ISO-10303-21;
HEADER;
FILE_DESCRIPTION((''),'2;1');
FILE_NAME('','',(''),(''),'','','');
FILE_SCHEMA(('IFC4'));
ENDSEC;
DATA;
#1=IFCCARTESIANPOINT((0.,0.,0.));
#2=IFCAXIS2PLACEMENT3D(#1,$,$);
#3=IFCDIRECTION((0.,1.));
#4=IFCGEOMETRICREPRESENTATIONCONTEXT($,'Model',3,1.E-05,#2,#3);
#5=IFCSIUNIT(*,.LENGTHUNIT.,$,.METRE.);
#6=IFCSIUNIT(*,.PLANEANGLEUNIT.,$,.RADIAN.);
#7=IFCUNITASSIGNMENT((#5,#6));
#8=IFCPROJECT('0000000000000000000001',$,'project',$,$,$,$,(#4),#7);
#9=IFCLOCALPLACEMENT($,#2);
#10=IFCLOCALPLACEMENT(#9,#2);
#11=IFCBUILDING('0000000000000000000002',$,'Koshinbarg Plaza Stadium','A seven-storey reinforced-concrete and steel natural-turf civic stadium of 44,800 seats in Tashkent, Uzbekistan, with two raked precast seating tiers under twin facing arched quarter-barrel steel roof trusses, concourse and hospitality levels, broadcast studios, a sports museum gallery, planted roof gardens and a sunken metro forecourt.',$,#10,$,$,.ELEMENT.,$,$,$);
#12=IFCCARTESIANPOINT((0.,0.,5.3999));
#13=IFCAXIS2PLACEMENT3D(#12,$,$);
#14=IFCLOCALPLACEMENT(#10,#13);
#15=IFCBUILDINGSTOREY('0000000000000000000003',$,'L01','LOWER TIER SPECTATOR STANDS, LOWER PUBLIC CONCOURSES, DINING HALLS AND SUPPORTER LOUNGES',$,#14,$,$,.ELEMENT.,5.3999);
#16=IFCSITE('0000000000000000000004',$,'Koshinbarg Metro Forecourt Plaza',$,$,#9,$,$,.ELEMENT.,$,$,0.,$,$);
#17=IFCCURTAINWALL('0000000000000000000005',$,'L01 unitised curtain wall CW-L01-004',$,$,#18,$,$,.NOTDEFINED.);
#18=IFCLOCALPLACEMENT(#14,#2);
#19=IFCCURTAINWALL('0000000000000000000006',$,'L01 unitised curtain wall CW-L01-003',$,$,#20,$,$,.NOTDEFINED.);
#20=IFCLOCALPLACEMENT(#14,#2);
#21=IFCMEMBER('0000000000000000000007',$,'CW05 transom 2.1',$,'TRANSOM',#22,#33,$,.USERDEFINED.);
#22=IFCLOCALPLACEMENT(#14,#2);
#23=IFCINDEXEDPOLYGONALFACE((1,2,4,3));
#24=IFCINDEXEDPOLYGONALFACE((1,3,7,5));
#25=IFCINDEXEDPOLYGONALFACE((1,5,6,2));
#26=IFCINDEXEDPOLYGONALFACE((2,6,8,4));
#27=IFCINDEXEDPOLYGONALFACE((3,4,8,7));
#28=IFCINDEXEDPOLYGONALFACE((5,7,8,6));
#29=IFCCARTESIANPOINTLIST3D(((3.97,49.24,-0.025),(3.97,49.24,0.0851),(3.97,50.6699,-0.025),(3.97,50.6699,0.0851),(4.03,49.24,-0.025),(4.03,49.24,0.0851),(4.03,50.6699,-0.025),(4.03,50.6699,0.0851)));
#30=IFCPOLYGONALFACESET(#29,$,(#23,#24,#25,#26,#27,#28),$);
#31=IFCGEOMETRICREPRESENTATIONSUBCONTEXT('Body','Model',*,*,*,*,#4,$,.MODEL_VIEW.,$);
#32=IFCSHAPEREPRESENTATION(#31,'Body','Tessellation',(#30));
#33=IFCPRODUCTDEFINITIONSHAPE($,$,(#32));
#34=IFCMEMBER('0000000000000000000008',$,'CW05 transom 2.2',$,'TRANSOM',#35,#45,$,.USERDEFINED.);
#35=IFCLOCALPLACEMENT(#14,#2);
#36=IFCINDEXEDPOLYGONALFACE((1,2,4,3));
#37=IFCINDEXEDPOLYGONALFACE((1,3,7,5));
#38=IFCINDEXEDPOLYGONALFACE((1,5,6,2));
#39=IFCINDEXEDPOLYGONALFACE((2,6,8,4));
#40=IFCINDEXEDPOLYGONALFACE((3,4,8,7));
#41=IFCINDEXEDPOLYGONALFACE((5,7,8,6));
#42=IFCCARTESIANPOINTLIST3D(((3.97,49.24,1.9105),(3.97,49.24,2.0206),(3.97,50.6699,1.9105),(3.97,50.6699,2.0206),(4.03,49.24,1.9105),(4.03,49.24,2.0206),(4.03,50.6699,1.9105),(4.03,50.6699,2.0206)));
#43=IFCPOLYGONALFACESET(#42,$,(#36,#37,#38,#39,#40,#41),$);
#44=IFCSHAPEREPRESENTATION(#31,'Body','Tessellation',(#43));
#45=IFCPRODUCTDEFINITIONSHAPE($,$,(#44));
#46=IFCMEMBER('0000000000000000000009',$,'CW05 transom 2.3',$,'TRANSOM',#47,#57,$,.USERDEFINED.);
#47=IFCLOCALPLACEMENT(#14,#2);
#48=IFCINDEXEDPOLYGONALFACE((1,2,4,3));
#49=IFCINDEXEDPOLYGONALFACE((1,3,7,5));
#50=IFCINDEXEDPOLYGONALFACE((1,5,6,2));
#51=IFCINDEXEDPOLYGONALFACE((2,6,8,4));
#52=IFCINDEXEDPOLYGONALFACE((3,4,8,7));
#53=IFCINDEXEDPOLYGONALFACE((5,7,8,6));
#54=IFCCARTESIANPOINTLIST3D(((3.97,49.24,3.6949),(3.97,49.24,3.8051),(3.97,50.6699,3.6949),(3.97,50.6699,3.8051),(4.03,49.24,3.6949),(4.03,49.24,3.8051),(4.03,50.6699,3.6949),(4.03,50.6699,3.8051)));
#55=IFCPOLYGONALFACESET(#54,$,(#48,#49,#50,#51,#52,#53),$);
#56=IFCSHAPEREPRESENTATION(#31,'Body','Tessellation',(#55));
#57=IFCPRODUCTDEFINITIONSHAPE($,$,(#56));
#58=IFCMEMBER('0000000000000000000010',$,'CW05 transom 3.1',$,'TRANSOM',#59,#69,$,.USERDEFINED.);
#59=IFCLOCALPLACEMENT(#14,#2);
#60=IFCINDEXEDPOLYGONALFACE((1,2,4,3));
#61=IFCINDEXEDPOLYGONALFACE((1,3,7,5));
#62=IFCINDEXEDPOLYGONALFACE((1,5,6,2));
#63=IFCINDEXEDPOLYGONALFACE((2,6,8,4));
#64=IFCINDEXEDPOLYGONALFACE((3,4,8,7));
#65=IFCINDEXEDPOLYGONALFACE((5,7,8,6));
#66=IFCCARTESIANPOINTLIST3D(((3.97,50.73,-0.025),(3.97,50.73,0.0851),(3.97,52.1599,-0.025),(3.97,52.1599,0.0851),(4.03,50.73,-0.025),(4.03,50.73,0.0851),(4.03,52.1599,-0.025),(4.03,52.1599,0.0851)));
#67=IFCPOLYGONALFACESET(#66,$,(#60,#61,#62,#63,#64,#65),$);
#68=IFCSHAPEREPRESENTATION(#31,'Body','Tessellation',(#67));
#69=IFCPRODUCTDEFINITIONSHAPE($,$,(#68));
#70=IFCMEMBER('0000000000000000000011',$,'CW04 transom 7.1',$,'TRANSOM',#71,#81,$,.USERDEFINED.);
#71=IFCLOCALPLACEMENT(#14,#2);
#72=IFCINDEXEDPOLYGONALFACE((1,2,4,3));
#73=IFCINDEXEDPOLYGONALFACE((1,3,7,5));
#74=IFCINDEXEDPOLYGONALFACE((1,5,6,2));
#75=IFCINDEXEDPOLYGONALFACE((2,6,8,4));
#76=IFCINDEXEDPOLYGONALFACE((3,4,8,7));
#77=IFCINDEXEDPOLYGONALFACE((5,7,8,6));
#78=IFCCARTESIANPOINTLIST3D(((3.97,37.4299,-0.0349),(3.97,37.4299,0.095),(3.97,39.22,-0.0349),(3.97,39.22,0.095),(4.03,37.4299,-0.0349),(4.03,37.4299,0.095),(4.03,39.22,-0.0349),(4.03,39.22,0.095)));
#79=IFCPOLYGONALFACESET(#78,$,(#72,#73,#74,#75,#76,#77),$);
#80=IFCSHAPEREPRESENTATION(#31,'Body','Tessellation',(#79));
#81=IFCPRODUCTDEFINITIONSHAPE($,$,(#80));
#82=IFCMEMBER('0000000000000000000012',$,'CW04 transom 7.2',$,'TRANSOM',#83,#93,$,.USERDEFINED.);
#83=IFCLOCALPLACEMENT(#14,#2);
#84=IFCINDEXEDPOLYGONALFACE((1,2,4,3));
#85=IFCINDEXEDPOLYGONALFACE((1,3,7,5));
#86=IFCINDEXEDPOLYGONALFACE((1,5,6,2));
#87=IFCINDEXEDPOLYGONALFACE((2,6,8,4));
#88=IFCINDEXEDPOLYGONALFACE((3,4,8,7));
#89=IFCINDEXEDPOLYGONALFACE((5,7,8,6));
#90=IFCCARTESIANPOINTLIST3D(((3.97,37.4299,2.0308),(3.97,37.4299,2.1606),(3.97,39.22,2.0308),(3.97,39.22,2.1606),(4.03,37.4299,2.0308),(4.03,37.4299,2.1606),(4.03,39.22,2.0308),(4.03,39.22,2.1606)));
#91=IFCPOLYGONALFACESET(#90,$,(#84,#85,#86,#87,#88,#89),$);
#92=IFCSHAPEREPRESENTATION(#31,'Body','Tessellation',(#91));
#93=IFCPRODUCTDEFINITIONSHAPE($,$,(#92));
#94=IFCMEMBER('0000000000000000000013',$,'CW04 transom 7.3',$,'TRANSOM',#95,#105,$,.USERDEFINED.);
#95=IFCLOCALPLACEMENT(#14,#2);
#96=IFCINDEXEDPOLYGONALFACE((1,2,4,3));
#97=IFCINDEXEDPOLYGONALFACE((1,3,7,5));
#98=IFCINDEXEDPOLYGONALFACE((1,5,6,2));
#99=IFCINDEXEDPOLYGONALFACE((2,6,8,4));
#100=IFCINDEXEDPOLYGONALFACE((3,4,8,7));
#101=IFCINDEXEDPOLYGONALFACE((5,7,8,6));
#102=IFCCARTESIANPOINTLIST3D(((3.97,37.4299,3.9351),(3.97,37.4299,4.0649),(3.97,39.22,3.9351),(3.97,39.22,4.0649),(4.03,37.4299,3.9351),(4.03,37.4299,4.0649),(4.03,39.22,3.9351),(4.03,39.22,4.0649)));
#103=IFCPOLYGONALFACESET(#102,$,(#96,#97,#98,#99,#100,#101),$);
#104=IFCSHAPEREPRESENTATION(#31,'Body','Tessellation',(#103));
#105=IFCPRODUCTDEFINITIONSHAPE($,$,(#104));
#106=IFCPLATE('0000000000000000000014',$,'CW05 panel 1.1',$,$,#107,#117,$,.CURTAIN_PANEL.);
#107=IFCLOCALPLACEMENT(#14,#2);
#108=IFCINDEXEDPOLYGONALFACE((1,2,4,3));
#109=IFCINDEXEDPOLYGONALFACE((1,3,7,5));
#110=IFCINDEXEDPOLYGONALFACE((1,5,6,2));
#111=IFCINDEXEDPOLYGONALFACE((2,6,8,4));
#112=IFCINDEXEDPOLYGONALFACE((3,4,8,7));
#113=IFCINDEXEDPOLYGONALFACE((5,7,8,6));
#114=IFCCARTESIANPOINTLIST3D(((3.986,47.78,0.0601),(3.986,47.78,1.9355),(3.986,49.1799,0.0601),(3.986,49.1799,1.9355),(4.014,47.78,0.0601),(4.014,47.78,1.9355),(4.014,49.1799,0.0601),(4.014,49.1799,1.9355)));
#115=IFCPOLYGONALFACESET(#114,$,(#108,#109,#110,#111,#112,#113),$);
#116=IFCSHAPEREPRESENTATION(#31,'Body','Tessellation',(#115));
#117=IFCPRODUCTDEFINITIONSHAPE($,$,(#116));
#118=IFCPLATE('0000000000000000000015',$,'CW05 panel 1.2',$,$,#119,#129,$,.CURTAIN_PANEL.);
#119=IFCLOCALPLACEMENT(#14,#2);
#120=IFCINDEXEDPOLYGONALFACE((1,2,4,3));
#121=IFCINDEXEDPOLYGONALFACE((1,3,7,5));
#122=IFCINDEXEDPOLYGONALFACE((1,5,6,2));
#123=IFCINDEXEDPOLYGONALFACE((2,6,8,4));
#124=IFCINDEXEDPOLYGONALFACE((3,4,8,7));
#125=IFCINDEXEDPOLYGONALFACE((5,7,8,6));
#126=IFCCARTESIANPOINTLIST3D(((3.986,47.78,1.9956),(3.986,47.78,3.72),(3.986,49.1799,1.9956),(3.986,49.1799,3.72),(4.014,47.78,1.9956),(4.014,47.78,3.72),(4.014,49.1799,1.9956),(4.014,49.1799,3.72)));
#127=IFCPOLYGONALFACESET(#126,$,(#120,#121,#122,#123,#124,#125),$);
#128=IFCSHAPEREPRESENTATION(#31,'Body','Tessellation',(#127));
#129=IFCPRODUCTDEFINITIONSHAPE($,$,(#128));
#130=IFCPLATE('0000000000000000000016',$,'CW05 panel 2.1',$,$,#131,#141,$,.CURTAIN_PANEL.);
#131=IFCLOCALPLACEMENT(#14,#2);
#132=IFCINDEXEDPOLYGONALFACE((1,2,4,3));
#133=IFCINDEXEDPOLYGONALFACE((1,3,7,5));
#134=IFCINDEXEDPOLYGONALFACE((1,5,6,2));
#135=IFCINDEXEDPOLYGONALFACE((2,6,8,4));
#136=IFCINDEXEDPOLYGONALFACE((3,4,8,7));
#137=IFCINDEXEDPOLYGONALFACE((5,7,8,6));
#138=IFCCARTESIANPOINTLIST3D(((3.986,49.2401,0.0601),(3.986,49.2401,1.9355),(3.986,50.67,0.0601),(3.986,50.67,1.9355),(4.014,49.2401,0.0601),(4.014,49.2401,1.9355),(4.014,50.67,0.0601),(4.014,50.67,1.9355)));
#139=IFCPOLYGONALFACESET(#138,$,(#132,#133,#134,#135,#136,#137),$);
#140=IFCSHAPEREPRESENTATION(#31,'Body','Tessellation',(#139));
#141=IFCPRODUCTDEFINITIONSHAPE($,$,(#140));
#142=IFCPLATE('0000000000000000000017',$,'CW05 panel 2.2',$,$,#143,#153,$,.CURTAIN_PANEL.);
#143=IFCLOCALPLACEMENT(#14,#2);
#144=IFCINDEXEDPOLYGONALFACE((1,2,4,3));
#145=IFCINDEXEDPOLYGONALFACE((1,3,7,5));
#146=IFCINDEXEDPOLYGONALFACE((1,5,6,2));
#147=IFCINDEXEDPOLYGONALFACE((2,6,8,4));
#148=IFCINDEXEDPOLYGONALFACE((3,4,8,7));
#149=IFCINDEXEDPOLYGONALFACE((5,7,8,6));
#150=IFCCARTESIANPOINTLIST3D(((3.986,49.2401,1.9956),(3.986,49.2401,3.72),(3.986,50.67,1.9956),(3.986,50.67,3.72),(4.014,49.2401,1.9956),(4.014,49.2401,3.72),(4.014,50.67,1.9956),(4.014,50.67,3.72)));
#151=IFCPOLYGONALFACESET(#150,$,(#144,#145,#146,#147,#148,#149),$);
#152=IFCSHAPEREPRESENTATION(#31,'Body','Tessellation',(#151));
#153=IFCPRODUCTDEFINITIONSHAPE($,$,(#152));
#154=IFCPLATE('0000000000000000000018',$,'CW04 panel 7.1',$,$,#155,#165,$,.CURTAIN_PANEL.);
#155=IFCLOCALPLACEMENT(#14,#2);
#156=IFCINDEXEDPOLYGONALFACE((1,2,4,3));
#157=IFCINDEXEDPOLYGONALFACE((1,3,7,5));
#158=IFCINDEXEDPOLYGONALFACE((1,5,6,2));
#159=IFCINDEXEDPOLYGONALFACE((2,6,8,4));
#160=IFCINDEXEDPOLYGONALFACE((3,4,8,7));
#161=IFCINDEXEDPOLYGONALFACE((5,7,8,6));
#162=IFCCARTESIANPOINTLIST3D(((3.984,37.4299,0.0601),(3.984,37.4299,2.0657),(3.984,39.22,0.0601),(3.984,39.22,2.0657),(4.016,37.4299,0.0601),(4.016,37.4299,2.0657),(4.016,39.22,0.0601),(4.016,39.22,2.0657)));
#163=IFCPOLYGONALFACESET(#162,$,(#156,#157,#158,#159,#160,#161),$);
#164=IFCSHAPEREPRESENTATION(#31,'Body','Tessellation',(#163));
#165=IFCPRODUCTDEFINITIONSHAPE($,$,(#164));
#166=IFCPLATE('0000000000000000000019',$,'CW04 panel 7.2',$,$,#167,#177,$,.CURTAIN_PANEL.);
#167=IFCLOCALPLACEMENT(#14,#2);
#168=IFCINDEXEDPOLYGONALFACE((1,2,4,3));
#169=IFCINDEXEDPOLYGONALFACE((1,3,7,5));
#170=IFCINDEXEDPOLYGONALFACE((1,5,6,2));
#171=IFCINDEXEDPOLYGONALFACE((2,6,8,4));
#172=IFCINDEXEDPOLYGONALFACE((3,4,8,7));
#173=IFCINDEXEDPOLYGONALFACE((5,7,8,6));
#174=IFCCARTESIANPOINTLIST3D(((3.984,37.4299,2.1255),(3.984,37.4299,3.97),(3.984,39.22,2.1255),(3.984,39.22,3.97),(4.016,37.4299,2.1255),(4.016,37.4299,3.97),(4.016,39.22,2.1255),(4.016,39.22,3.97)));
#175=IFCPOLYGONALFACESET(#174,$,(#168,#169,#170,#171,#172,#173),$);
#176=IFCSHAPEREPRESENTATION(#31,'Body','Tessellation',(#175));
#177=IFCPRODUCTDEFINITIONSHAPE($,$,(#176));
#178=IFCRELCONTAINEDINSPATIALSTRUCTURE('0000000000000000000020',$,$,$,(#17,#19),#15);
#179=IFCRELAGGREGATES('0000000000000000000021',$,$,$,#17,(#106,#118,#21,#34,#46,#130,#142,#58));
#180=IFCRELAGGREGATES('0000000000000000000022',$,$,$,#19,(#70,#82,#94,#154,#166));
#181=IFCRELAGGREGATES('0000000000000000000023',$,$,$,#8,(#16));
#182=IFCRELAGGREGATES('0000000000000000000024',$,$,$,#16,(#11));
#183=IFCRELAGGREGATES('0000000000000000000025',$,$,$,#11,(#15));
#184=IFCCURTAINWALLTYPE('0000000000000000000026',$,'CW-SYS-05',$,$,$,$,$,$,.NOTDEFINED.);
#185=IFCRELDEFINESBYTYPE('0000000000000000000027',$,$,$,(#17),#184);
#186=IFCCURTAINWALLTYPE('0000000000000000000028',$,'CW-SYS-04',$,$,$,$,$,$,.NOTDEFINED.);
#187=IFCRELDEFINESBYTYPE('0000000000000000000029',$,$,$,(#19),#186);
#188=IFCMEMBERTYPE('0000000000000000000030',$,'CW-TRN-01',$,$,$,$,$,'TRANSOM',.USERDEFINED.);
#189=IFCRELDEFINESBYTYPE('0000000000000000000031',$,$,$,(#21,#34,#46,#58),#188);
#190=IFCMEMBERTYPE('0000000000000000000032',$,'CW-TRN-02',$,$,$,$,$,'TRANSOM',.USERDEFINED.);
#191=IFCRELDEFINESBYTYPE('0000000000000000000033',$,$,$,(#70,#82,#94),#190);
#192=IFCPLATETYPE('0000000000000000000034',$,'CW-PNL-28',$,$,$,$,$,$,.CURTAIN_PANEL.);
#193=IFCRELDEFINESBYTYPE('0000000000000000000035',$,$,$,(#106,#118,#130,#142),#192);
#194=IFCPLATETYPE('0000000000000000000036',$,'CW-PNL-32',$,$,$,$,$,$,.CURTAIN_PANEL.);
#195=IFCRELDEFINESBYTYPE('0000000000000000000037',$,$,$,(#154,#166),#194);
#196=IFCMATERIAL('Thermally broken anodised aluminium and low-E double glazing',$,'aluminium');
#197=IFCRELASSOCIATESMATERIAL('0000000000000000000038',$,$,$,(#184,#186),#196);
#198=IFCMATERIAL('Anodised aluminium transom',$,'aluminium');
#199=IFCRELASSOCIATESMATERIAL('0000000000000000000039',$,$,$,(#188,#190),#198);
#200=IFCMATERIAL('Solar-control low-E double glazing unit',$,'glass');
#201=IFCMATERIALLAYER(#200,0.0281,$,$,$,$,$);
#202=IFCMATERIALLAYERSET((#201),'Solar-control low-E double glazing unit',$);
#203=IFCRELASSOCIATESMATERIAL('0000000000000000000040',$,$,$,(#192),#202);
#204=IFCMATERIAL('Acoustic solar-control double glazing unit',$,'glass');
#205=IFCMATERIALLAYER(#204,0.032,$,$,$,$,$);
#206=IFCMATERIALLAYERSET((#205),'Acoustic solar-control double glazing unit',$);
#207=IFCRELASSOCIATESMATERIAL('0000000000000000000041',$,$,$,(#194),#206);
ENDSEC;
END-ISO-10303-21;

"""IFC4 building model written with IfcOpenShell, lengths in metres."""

from ifc_helpers import new_model, si_unit, direction, frame, origin, origin_2d, place, context, subcontext, project, spatial, rectangle, extrude, material, layer, layer_set, material_profile, profile_set, type_object, element, aggregate, save


model = new_model("IFC4")

# Units and contexts
model_context = context("Model", 3, precision=1e-05, world=origin(), true_north=direction((0.0, 1.0)))
body_context = subcontext(model_context, "Body", "Model", "MODEL_VIEW")
ifc_project = project(units=[si_unit("LENGTHUNIT", "METRE"), si_unit("PLANEANGLEUNIT", "RADIAN")], contexts=[model_context])

# Site, building, storey
site_placement = place(None, origin())
site = spatial("IfcSite", under=ifc_project, at=site_placement, Name="Koshinbarg Metro Forecourt Plaza", CompositionType="ELEMENT", RefElevation=0.0)
building_placement = place(site_placement, origin())
building = spatial("IfcBuilding", under=site, at=building_placement, Name="Koshinbarg Plaza Stadium", Description="A seven-storey reinforced-concrete and steel natural-turf civic stadium of 44,800 seats in Tashkent, Uzbekistan, with two raked precast seating tiers under twin facing arched quarter-barrel steel roof trusses, concourse and hospitality levels, broadcast studios, a sports museum gallery, planted roof gardens and a sunken metro forecourt.", CompositionType="ELEMENT")
storey_placement = place(building_placement, frame((0.0, 0.0, 5.3999)))
storey = spatial("IfcBuildingStorey", under=building, at=storey_placement, Name="L01", Description="LOWER TIER SPECTATOR STANDS, LOWER PUBLIC CONCOURSES, DINING HALLS AND SUPPORTER LOUNGES", CompositionType="ELEMENT", Elevation=5.3999)

# Curtain wall
ifc_material_1 = material(Name="Thermally broken anodised aluminium and low-E double glazing", Category="aluminium")
curtain_wall_type_1 = type_object("IfcCurtainWallType", Name="CW-SYS-05", PredefinedType="NOTDEFINED", material=ifc_material_1)
curtain_wall_1_placement = place(storey_placement, origin())
curtain_wall_1 = element("IfcCurtainWall", 1, at=curtain_wall_1_placement, inside=storey, type_object=curtain_wall_type_1, Name="L01 unitised curtain wall CW-L01-004", PredefinedType="NOTDEFINED")

# Curtain wall
curtain_wall_type_2 = type_object("IfcCurtainWallType", Name="CW-SYS-04", PredefinedType="NOTDEFINED", material=ifc_material_1)
curtain_wall_2_placement = place(storey_placement, origin())
curtain_wall_2 = element("IfcCurtainWall", 2, at=curtain_wall_2_placement, inside=storey, type_object=curtain_wall_type_2, Name="L01 unitised curtain wall CW-L01-003", PredefinedType="NOTDEFINED")

# Members
ifc_material_2 = material(Name="Anodised aluminium transom", Category="aluminium")
ifc_material_profile_1 = material_profile(ifc_material_2, rectangle(XDim=0.0601, YDim=0.1101, at=origin_2d()), Name="ALU 60x110")
ifc_profile_set_1 = profile_set([ifc_material_profile_1], Name="Anodised aluminium transom")
member_type_1 = type_object("IfcMemberType", Name="CW-TRN-01", ElementType="TRANSOM", PredefinedType="USERDEFINED", material=ifc_profile_set_1)
member_1_placement = place(storey_placement, frame((4.0, 49.24, 0.03), z_axis=(0.0, 1.0, 0.0), x_axis=(-1.0, 0.0, 0.0)))
member_1 = element("IfcMember", 3, at=member_1_placement, type_object=member_type_1, Name="CW05 transom 2.1", ObjectType="TRANSOM", PredefinedType="USERDEFINED", context=body_context, shape_type="SweptSolid", body=[
    extrude(rectangle(XDim=0.0601, YDim=0.1101, at=origin_2d()), origin(), (0.0, 0.0, 1.0), 1.4299),
])
member_2_placement = place(storey_placement, frame((4.0, 49.24, 1.9656), z_axis=(0.0, 1.0, 0.0), x_axis=(-1.0, 0.0, 0.0)))
member_2 = element("IfcMember", 4, at=member_2_placement, type_object=member_type_1, Name="CW05 transom 2.2", ObjectType="TRANSOM", PredefinedType="USERDEFINED", context=body_context, shape_type="SweptSolid", body=[
    extrude(rectangle(XDim=0.0601, YDim=0.1101, at=origin_2d()), origin(), (0.0, 0.0, 1.0), 1.4299),
])
member_3_placement = place(storey_placement, frame((4.0, 49.24, 3.75), z_axis=(0.0, 1.0, 0.0), x_axis=(-1.0, 0.0, 0.0)))
member_3 = element("IfcMember", 5, at=member_3_placement, type_object=member_type_1, Name="CW05 transom 2.3", ObjectType="TRANSOM", PredefinedType="USERDEFINED", context=body_context, shape_type="SweptSolid", body=[
    extrude(rectangle(XDim=0.0601, YDim=0.1101, at=origin_2d()), origin(), (0.0, 0.0, 1.0), 1.4299),
])
member_4_placement = place(storey_placement, frame((4.0, 50.73, 0.03), z_axis=(0.0, 1.0, 0.0), x_axis=(-1.0, 0.0, 0.0)))
member_4 = element("IfcMember", 6, at=member_4_placement, type_object=member_type_1, Name="CW05 transom 3.1", ObjectType="TRANSOM", PredefinedType="USERDEFINED", context=body_context, shape_type="SweptSolid", body=[
    extrude(rectangle(XDim=0.0601, YDim=0.1101, at=origin_2d()), origin(), (0.0, 0.0, 1.0), 1.4299),
])
ifc_material_profile_2 = material_profile(ifc_material_2, rectangle(XDim=0.0601, YDim=0.1299, at=origin_2d()), Name="ALU 60x130")
ifc_profile_set_2 = profile_set([ifc_material_profile_2], Name="Anodised aluminium transom")
member_type_2 = type_object("IfcMemberType", Name="CW-TRN-02", ElementType="TRANSOM", PredefinedType="USERDEFINED", material=ifc_profile_set_2)
member_5_placement = place(storey_placement, frame((4.0, 37.4299, 0.03), z_axis=(0.0, 1.0, 0.0), x_axis=(-1.0, 0.0, 0.0)))
member_5 = element("IfcMember", 7, at=member_5_placement, type_object=member_type_2, Name="CW04 transom 7.1", ObjectType="TRANSOM", PredefinedType="USERDEFINED", context=body_context, shape_type="SweptSolid", body=[
    extrude(rectangle(XDim=0.0601, YDim=0.1299, at=origin_2d()), origin(), (0.0, 0.0, 1.0), 1.79),
])
member_6_placement = place(storey_placement, frame((4.0, 37.4299, 2.0957), z_axis=(0.0, 1.0, 0.0), x_axis=(-1.0, 0.0, 0.0)))
member_6 = element("IfcMember", 8, at=member_6_placement, type_object=member_type_2, Name="CW04 transom 7.2", ObjectType="TRANSOM", PredefinedType="USERDEFINED", context=body_context, shape_type="SweptSolid", body=[
    extrude(rectangle(XDim=0.0601, YDim=0.1299, at=origin_2d()), origin(), (0.0, 0.0, 1.0), 1.79),
])
member_7_placement = place(storey_placement, frame((4.0, 37.4299, 4.0), z_axis=(0.0, 1.0, 0.0), x_axis=(-1.0, 0.0, 0.0)))
member_7 = element("IfcMember", 9, at=member_7_placement, type_object=member_type_2, Name="CW04 transom 7.3", ObjectType="TRANSOM", PredefinedType="USERDEFINED", context=body_context, shape_type="SweptSolid", body=[
    extrude(rectangle(XDim=0.0601, YDim=0.1299, at=origin_2d()), origin(), (0.0, 0.0, 1.0), 1.79),
])

# Plates
ifc_material_3 = material(Name="Solar-control low-E double glazing unit", Category="glass")
ifc_layer_1 = layer(ifc_material_3, 0.0281)
ifc_layer_set_1 = layer_set([ifc_layer_1], Name="Solar-control low-E double glazing unit")
plate_type_1 = type_object("IfcPlateType", Name="CW-PNL-28", PredefinedType="CURTAIN_PANEL", material=ifc_layer_set_1)
plate_1_placement = place(storey_placement, frame((4.0, 48.48, 0.0601), z_axis=(0.0, 0.0, 1.0), x_axis=(0.0, 1.0, 0.0)))
plate_1 = element("IfcPlate", 10, at=plate_1_placement, type_object=plate_type_1, Name="CW05 panel 1.1", PredefinedType="CURTAIN_PANEL", context=body_context, shape_type="SweptSolid", body=[
    extrude(rectangle(XDim=1.3999, YDim=0.0281, at=origin_2d()), origin(), (0.0, 0.0, 1.0), 1.8755),
])
plate_2_placement = place(storey_placement, frame((4.0, 48.48, 1.9956), z_axis=(0.0, 0.0, 1.0), x_axis=(0.0, 1.0, 0.0)))
plate_2 = element("IfcPlate", 11, at=plate_2_placement, type_object=plate_type_1, Name="CW05 panel 1.2", PredefinedType="CURTAIN_PANEL", context=body_context, shape_type="SweptSolid", body=[
    extrude(rectangle(XDim=1.3999, YDim=0.0281, at=origin_2d()), origin(), (0.0, 0.0, 1.0), 1.7244),
])
plate_3_placement = place(storey_placement, frame((4.0, 49.9551, 0.0601), z_axis=(0.0, 0.0, 1.0), x_axis=(0.0, 1.0, 0.0)))
plate_3 = element("IfcPlate", 12, at=plate_3_placement, type_object=plate_type_1, Name="CW05 panel 2.1", PredefinedType="CURTAIN_PANEL", context=body_context, shape_type="SweptSolid", body=[
    extrude(rectangle(XDim=1.4299, YDim=0.0281, at=origin_2d()), origin(), (0.0, 0.0, 1.0), 1.8755),
])
plate_4_placement = place(storey_placement, frame((4.0, 49.9551, 1.9956), z_axis=(0.0, 0.0, 1.0), x_axis=(0.0, 1.0, 0.0)))
plate_4 = element("IfcPlate", 13, at=plate_4_placement, type_object=plate_type_1, Name="CW05 panel 2.2", PredefinedType="CURTAIN_PANEL", context=body_context, shape_type="SweptSolid", body=[
    extrude(rectangle(XDim=1.4299, YDim=0.0281, at=origin_2d()), origin(), (0.0, 0.0, 1.0), 1.7244),
])
aggregate(curtain_wall_1, [plate_1, plate_2, member_1, member_2, member_3, plate_3, plate_4, member_4])
ifc_material_4 = material(Name="Acoustic solar-control double glazing unit", Category="glass")
ifc_layer_2 = layer(ifc_material_4, 0.032)
ifc_layer_set_2 = layer_set([ifc_layer_2], Name="Acoustic solar-control double glazing unit")
plate_type_2 = type_object("IfcPlateType", Name="CW-PNL-32", PredefinedType="CURTAIN_PANEL", material=ifc_layer_set_2)
plate_5_placement = place(storey_placement, frame((4.0, 38.325, 0.0601), z_axis=(0.0, 0.0, 1.0), x_axis=(0.0, 1.0, 0.0)))
plate_5 = element("IfcPlate", 14, at=plate_5_placement, type_object=plate_type_2, Name="CW04 panel 7.1", PredefinedType="CURTAIN_PANEL", context=body_context, shape_type="SweptSolid", body=[
    extrude(rectangle(XDim=1.79, YDim=0.032, at=origin_2d()), origin(), (0.0, 0.0, 1.0), 2.0056),
])
plate_6_placement = place(storey_placement, frame((4.0, 38.325, 2.1255), z_axis=(0.0, 0.0, 1.0), x_axis=(0.0, 1.0, 0.0)))
plate_6 = element("IfcPlate", 15, at=plate_6_placement, type_object=plate_type_2, Name="CW04 panel 7.2", PredefinedType="CURTAIN_PANEL", context=body_context, shape_type="SweptSolid", body=[
    extrude(rectangle(XDim=1.79, YDim=0.032, at=origin_2d()), origin(), (0.0, 0.0, 1.0), 1.8445),
])
aggregate(curtain_wall_2, [member_5, member_6, member_7, plate_5, plate_6])

save(model, "model.ifc")
